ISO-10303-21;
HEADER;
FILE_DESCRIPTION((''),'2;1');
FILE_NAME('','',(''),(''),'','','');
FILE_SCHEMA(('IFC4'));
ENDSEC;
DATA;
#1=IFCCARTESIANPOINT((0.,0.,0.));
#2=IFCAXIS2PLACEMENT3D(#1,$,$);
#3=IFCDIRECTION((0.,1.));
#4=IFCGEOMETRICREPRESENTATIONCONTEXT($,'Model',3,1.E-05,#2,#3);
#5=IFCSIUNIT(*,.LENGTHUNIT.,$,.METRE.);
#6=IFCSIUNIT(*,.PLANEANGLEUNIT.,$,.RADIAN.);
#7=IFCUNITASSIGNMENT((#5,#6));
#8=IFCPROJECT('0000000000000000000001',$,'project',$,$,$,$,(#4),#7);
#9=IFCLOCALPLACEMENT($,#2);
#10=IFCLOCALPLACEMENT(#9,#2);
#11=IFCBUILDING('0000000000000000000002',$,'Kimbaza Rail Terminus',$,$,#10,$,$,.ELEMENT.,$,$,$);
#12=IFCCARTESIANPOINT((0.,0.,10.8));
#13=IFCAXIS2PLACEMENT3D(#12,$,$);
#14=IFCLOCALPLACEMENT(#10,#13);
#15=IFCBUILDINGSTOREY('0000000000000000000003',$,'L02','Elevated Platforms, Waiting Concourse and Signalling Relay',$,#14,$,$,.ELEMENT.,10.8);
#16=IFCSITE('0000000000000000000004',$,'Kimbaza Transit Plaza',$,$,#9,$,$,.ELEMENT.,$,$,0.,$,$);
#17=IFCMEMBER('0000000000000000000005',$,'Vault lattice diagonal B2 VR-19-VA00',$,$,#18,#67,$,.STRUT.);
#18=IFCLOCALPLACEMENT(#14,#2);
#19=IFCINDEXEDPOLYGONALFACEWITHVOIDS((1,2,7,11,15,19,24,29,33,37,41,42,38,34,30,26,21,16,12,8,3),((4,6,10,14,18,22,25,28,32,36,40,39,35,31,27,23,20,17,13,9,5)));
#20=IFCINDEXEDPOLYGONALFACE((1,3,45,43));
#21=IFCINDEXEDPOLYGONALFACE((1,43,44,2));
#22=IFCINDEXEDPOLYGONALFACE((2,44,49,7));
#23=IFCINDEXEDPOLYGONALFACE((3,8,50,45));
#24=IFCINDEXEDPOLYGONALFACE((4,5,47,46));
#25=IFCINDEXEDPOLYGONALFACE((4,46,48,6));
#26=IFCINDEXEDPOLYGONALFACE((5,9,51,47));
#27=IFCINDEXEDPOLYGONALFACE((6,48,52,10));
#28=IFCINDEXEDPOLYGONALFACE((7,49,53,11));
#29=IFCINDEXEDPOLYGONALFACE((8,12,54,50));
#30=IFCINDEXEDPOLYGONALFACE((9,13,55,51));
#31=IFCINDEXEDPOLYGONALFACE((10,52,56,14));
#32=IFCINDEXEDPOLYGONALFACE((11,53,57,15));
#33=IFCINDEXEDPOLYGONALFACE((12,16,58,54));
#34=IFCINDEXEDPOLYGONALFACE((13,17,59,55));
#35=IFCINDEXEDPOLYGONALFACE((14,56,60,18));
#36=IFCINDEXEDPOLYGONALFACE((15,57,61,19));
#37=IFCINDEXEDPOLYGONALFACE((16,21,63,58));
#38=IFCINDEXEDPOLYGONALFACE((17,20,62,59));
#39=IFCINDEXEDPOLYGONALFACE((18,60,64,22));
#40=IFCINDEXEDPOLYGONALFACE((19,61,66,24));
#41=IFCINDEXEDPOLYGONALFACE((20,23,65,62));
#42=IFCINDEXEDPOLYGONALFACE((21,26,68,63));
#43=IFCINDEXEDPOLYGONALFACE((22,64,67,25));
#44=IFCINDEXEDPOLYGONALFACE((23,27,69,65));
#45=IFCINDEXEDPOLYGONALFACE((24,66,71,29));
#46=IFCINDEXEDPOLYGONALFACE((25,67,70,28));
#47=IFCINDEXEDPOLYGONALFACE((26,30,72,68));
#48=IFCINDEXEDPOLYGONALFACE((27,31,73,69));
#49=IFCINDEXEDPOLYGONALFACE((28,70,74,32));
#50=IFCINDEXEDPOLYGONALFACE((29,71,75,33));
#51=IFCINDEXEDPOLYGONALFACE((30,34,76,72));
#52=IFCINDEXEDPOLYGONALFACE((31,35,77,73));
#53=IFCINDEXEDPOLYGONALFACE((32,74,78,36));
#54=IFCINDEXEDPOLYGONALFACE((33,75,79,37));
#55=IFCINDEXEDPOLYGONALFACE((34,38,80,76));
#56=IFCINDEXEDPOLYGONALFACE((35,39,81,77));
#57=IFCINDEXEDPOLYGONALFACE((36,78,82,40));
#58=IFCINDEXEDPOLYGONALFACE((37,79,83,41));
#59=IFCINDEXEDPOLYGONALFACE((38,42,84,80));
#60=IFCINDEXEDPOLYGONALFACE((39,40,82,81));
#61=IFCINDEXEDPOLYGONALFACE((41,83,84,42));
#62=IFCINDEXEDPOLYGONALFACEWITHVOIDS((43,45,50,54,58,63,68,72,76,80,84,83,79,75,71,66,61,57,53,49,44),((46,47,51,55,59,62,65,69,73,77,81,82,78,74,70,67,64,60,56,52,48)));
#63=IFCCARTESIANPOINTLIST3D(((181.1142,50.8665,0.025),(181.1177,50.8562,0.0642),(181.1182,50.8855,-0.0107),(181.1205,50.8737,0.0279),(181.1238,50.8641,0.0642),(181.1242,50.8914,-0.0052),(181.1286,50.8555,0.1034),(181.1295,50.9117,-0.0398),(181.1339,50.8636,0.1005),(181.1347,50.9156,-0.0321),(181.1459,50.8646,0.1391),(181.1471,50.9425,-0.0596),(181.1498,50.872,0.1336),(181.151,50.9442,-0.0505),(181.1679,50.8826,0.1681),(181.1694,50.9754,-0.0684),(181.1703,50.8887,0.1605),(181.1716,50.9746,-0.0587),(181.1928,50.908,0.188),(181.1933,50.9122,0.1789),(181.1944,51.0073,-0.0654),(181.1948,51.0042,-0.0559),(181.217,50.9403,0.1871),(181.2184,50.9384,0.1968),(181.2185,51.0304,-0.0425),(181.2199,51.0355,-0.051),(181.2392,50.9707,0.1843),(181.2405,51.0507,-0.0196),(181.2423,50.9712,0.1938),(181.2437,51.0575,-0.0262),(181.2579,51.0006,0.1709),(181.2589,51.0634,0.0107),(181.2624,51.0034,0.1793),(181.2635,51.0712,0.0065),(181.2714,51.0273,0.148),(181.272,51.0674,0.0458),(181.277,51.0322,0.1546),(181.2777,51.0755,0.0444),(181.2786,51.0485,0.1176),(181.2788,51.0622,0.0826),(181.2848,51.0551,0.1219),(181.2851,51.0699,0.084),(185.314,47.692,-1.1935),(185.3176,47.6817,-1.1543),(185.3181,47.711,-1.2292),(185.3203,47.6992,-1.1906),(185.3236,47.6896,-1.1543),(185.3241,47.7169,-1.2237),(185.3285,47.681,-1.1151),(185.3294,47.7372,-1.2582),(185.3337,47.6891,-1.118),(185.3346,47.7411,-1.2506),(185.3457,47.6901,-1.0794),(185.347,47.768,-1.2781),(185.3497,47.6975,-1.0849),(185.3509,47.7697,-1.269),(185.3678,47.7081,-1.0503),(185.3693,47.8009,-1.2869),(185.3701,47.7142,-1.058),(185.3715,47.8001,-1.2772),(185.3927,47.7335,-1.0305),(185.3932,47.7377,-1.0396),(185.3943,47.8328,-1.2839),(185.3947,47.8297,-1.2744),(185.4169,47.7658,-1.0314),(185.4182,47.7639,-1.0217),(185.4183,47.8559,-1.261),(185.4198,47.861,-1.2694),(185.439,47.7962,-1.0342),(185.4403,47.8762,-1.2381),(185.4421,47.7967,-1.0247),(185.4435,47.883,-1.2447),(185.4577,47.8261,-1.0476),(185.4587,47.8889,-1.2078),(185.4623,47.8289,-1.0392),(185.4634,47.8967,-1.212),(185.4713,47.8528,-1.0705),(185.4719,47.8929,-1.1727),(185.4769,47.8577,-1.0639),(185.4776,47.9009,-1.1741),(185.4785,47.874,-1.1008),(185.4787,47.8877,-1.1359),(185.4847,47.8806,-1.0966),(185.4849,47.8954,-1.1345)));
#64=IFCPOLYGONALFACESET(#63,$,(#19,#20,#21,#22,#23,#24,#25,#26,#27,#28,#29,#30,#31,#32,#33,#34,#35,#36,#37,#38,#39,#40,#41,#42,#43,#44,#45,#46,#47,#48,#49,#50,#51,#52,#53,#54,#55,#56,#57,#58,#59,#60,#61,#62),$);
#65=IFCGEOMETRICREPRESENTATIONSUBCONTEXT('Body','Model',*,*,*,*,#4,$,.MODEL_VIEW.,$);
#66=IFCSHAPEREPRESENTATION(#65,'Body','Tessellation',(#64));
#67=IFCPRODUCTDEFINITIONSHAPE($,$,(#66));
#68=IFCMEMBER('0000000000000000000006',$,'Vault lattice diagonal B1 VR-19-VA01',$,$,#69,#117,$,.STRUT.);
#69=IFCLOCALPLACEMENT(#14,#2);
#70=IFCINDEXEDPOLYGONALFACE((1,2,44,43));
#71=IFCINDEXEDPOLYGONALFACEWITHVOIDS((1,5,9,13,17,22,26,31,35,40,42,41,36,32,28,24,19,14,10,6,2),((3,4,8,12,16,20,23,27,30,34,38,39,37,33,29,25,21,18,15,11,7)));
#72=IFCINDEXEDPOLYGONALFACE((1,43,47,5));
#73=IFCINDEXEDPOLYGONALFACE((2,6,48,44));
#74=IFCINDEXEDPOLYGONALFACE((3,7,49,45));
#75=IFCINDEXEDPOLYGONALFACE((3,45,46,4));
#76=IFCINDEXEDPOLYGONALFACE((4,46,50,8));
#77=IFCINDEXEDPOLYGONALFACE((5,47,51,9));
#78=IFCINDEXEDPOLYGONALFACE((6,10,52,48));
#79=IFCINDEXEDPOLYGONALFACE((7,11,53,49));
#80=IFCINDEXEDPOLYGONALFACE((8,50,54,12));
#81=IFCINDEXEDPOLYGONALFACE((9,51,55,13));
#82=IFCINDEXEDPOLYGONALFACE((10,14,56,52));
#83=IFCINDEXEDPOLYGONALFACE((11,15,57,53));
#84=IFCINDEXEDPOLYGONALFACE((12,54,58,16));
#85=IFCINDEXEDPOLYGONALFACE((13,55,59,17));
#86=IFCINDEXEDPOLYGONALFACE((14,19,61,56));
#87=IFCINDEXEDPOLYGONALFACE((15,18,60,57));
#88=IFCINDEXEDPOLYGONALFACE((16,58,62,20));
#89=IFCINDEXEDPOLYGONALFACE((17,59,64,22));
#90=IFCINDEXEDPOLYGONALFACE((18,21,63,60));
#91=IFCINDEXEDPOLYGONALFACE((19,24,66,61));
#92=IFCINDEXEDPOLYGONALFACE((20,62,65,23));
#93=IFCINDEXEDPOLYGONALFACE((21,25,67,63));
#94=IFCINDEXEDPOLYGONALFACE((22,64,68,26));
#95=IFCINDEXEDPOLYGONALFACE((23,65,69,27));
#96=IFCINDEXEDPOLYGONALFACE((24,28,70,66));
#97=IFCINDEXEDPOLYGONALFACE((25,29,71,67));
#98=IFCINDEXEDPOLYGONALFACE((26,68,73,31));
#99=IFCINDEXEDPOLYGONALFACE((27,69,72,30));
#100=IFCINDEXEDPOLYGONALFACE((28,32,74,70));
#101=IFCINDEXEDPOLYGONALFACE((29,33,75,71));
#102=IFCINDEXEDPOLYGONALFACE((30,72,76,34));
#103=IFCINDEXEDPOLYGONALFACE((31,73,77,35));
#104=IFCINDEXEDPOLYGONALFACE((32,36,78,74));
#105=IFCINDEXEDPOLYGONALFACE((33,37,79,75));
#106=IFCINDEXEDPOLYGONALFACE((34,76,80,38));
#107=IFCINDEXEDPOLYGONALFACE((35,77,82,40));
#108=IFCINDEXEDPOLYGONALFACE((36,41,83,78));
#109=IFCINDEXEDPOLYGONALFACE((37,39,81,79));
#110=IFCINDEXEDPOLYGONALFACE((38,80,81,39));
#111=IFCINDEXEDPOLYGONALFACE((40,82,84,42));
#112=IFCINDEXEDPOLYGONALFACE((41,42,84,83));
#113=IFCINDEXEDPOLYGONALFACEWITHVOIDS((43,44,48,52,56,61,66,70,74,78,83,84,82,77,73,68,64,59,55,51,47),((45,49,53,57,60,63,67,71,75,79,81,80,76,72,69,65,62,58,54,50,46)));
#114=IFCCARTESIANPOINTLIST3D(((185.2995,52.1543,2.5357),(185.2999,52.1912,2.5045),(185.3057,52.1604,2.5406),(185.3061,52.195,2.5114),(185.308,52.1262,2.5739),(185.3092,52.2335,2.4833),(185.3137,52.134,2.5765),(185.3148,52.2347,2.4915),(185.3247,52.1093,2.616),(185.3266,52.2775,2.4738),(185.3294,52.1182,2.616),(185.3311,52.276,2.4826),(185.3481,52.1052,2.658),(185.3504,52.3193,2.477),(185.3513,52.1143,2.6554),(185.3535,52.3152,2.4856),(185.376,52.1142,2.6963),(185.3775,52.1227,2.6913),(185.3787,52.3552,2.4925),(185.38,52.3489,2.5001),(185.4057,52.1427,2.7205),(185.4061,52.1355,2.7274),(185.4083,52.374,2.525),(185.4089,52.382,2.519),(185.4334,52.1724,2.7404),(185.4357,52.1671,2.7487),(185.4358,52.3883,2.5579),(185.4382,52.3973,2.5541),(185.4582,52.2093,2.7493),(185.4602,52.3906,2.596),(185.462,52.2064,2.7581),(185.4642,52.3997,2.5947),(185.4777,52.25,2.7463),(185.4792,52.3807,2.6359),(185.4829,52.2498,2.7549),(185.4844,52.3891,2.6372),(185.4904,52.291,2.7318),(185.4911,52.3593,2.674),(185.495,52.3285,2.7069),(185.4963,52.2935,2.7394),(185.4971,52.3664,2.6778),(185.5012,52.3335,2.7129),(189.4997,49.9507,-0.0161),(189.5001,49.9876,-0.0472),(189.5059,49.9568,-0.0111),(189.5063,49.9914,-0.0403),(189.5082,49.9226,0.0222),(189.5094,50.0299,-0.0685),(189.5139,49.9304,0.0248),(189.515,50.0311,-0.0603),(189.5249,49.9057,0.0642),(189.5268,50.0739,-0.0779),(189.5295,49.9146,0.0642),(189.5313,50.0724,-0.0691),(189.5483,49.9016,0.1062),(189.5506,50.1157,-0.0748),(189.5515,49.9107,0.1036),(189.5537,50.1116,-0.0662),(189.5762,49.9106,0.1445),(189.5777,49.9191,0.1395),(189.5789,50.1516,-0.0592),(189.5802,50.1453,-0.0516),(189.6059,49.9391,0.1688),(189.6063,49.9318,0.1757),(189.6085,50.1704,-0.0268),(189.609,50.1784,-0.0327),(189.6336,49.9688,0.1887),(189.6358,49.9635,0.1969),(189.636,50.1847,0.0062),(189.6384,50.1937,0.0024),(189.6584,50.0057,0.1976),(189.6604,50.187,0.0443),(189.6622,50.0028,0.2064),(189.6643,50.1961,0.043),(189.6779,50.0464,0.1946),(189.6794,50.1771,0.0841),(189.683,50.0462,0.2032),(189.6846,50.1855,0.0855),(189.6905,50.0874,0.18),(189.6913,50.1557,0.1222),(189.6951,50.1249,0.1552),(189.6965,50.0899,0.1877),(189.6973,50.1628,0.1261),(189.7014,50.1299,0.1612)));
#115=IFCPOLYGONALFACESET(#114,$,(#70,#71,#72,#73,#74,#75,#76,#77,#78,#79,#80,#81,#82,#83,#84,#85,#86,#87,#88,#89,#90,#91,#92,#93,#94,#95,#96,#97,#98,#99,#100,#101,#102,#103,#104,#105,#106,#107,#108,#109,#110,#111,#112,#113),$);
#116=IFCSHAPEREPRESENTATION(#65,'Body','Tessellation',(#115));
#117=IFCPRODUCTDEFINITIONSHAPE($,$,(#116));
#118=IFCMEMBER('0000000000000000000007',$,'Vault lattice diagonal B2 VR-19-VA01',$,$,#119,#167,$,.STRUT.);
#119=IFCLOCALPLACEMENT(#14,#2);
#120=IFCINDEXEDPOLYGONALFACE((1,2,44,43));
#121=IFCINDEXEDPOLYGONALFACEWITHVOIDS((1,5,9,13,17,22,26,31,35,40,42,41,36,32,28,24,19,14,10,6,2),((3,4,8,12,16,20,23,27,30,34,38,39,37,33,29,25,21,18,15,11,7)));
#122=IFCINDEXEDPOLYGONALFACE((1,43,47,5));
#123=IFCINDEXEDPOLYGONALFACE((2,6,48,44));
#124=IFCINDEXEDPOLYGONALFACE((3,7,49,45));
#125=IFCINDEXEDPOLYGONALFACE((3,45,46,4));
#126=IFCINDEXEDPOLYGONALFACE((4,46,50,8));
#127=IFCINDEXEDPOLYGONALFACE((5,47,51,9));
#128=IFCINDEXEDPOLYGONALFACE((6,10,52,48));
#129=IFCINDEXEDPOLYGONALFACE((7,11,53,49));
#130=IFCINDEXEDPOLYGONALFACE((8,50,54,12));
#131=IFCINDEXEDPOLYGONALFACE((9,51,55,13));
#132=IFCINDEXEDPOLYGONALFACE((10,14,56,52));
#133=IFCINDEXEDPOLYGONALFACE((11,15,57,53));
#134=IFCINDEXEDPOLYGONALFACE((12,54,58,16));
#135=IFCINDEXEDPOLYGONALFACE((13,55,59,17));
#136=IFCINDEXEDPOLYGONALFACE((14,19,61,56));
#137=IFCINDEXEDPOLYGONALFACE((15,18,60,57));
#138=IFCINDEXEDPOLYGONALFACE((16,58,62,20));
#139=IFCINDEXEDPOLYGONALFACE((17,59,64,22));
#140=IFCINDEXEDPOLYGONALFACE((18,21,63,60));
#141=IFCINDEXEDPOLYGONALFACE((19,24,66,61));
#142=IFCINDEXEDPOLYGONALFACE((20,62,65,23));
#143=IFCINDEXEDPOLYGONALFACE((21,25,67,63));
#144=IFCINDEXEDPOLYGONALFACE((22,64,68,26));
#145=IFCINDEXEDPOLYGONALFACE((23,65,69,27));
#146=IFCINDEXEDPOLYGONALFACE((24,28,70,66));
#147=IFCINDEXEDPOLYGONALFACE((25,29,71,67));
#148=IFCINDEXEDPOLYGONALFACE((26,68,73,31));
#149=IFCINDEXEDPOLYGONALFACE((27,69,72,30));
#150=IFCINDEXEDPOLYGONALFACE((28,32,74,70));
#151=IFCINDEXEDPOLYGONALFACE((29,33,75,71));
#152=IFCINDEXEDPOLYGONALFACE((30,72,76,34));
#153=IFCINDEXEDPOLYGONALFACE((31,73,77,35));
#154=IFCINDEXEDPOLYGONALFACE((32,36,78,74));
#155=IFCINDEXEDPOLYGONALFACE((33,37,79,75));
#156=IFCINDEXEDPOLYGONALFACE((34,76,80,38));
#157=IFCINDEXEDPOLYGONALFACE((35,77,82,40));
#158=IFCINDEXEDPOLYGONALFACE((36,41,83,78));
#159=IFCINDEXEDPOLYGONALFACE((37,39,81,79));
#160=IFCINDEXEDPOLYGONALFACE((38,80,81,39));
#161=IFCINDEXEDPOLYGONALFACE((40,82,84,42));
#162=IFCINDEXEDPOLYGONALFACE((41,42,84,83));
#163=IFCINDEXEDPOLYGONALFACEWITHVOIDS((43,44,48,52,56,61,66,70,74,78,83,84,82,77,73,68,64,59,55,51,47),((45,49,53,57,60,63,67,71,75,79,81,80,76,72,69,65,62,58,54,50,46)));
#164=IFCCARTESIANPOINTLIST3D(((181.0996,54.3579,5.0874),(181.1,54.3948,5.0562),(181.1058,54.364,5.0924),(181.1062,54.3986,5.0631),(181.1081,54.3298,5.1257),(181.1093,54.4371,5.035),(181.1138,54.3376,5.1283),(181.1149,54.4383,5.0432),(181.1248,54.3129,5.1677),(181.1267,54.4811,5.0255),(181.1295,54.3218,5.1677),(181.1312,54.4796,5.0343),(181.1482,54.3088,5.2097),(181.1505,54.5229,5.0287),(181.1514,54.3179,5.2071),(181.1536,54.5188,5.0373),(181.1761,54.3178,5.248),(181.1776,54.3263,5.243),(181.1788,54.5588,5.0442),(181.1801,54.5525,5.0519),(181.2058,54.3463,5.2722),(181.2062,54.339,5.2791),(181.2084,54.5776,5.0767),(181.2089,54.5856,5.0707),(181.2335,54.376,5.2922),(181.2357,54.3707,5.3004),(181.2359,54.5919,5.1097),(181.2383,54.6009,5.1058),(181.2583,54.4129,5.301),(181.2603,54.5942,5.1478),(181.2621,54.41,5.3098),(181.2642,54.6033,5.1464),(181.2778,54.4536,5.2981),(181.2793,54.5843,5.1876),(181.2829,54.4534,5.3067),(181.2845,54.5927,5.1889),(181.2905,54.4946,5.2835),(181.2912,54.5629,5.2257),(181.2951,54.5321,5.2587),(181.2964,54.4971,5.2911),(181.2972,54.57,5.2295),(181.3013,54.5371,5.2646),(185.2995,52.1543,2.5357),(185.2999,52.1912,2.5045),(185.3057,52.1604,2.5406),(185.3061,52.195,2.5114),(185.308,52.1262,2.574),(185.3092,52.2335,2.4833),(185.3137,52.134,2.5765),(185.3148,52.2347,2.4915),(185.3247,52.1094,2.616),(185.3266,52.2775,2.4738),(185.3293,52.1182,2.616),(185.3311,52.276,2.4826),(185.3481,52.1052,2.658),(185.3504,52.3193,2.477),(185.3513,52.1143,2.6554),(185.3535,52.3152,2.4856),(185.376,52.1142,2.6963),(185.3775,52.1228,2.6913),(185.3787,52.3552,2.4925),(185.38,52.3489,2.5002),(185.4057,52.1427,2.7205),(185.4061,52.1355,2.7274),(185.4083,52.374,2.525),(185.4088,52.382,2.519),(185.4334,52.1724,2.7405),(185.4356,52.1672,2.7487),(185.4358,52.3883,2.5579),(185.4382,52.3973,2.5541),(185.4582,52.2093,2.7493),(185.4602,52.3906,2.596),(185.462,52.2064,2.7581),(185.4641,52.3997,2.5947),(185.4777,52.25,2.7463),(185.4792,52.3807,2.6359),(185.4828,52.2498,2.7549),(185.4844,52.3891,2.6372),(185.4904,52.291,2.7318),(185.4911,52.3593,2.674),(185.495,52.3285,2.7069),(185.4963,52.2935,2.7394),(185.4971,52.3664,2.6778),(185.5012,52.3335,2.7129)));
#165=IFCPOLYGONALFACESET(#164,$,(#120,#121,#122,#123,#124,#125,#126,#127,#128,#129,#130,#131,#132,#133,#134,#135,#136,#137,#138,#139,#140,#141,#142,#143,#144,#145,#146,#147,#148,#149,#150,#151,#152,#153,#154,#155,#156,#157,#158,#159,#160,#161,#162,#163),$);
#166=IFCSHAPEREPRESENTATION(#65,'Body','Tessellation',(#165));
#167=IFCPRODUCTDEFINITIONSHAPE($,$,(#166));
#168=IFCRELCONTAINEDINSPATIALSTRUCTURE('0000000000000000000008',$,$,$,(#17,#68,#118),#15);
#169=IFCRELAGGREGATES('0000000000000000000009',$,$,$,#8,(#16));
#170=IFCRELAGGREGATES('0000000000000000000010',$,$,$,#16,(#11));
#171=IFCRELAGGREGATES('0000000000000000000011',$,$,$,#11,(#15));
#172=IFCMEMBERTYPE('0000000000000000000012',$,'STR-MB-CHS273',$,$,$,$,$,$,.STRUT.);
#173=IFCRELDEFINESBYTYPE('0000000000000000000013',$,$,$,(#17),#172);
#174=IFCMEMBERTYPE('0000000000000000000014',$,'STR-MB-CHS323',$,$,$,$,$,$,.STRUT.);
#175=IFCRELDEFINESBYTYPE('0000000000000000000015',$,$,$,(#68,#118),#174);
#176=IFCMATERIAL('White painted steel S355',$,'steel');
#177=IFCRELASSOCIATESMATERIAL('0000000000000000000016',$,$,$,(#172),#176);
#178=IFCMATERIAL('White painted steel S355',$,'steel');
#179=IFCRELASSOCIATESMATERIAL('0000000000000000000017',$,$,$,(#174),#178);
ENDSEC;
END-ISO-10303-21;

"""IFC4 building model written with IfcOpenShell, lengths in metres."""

from ifc_helpers import new_model, si_unit, direction, frame, origin, origin_2d, place, context, subcontext, project, spatial, hollow_circle, extrude, material, material_profile, profile_set, type_object, element, save


model = new_model("IFC4")

# Units and contexts
model_context = context("Model", 3, precision=1e-05, world=origin(), true_north=direction((0.0, 1.0)))
body_context = subcontext(model_context, "Body", "Model", "MODEL_VIEW")
ifc_project = project(units=[si_unit("LENGTHUNIT", "METRE"), si_unit("PLANEANGLEUNIT", "RADIAN")], contexts=[model_context])

# Site, building, storey
site_placement = place(None, origin())
site = spatial("IfcSite", under=ifc_project, at=site_placement, Name="Kimbaza Transit Plaza", CompositionType="ELEMENT", RefElevation=0.0)
building_placement = place(site_placement, origin())
building = spatial("IfcBuilding", under=site, at=building_placement, Name="Kimbaza Rail Terminus", CompositionType="ELEMENT")
storey_placement = place(building_placement, frame((0.0, 0.0, 10.8)))
storey = spatial("IfcBuildingStorey", under=building, at=storey_placement, Name="L02", Description="Elevated Platforms, Waiting Concourse and Signalling Relay", CompositionType="ELEMENT", Elevation=10.8)

# Members
ifc_material_1 = material(Name="White painted steel S355", Category="steel")
ifc_material_profile_1 = material_profile(ifc_material_1, hollow_circle(Radius=0.1365, WallThickness=0.01, at=origin_2d()), Name="CHS 273x10")
ifc_profile_set_1 = profile_set([ifc_material_profile_1], Name="White painted steel S355")
member_type_1 = type_object("IfcMemberType", Name="STR-MB-CHS273", PredefinedType="STRUT", material=ifc_profile_set_1)
member_1_placement = place(storey_placement, frame((185.3999, 47.7905, -1.1543), z_axis=(-0.777207, 0.587457, 0.225486), x_axis=(-0.602986, -0.797752, 0.0)))
element("IfcMember", 1, at=member_1_placement, inside=storey, type_object=member_type_1, Name="Vault lattice diagonal B2 VR-19-VA00", PredefinedType="STRUT", context=body_context, shape_type="SweptSolid", body=[
    extrude(hollow_circle(Radius=0.1365, WallThickness=0.01, at=origin_2d()), origin(), (0.0, 0.0, 1.0), 5.4038),
])
ifc_material_2 = material(Name="White painted steel S355", Category="steel")
ifc_material_profile_2 = material_profile(ifc_material_2, hollow_circle(Radius=0.1619, WallThickness=0.01, at=origin_2d()), Name="CHS 323.9x10")
ifc_profile_set_2 = profile_set([ifc_material_profile_2], Name="White painted steel S355")
member_type_2 = type_object("IfcMemberType", Name="STR-MB-CHS323", PredefinedType="STRUT", material=ifc_profile_set_2)
member_2_placement = place(storey_placement, frame((189.6001, 50.0491, 0.0642), z_axis=(-0.779835, 0.409137, 0.473776), x_axis=(-0.464588, -0.885527, 0.0)))
element("IfcMember", 2, at=member_2_placement, inside=storey, type_object=member_type_2, Name="Vault lattice diagonal B1 VR-19-VA01", PredefinedType="STRUT", context=body_context, shape_type="SweptSolid", body=[
    extrude(hollow_circle(Radius=0.1619, WallThickness=0.01, at=origin_2d()), origin(), (0.0, 0.0, 1.0), 5.386),
])
member_3_placement = place(storey_placement, frame((185.3999, 52.2527, 2.616), z_axis=(-0.779818, 0.409152, 0.473793), x_axis=(-0.464609, -0.885516, 0.0)))
element("IfcMember", 3, at=member_3_placement, inside=storey, type_object=member_type_2, Name="Vault lattice diagonal B2 VR-19-VA01", PredefinedType="STRUT", context=body_context, shape_type="SweptSolid", body=[
    extrude(hollow_circle(Radius=0.1619, WallThickness=0.01, at=origin_2d()), origin(), (0.0, 0.0, 1.0), 5.3857),
])

save(model, "model.ifc")
